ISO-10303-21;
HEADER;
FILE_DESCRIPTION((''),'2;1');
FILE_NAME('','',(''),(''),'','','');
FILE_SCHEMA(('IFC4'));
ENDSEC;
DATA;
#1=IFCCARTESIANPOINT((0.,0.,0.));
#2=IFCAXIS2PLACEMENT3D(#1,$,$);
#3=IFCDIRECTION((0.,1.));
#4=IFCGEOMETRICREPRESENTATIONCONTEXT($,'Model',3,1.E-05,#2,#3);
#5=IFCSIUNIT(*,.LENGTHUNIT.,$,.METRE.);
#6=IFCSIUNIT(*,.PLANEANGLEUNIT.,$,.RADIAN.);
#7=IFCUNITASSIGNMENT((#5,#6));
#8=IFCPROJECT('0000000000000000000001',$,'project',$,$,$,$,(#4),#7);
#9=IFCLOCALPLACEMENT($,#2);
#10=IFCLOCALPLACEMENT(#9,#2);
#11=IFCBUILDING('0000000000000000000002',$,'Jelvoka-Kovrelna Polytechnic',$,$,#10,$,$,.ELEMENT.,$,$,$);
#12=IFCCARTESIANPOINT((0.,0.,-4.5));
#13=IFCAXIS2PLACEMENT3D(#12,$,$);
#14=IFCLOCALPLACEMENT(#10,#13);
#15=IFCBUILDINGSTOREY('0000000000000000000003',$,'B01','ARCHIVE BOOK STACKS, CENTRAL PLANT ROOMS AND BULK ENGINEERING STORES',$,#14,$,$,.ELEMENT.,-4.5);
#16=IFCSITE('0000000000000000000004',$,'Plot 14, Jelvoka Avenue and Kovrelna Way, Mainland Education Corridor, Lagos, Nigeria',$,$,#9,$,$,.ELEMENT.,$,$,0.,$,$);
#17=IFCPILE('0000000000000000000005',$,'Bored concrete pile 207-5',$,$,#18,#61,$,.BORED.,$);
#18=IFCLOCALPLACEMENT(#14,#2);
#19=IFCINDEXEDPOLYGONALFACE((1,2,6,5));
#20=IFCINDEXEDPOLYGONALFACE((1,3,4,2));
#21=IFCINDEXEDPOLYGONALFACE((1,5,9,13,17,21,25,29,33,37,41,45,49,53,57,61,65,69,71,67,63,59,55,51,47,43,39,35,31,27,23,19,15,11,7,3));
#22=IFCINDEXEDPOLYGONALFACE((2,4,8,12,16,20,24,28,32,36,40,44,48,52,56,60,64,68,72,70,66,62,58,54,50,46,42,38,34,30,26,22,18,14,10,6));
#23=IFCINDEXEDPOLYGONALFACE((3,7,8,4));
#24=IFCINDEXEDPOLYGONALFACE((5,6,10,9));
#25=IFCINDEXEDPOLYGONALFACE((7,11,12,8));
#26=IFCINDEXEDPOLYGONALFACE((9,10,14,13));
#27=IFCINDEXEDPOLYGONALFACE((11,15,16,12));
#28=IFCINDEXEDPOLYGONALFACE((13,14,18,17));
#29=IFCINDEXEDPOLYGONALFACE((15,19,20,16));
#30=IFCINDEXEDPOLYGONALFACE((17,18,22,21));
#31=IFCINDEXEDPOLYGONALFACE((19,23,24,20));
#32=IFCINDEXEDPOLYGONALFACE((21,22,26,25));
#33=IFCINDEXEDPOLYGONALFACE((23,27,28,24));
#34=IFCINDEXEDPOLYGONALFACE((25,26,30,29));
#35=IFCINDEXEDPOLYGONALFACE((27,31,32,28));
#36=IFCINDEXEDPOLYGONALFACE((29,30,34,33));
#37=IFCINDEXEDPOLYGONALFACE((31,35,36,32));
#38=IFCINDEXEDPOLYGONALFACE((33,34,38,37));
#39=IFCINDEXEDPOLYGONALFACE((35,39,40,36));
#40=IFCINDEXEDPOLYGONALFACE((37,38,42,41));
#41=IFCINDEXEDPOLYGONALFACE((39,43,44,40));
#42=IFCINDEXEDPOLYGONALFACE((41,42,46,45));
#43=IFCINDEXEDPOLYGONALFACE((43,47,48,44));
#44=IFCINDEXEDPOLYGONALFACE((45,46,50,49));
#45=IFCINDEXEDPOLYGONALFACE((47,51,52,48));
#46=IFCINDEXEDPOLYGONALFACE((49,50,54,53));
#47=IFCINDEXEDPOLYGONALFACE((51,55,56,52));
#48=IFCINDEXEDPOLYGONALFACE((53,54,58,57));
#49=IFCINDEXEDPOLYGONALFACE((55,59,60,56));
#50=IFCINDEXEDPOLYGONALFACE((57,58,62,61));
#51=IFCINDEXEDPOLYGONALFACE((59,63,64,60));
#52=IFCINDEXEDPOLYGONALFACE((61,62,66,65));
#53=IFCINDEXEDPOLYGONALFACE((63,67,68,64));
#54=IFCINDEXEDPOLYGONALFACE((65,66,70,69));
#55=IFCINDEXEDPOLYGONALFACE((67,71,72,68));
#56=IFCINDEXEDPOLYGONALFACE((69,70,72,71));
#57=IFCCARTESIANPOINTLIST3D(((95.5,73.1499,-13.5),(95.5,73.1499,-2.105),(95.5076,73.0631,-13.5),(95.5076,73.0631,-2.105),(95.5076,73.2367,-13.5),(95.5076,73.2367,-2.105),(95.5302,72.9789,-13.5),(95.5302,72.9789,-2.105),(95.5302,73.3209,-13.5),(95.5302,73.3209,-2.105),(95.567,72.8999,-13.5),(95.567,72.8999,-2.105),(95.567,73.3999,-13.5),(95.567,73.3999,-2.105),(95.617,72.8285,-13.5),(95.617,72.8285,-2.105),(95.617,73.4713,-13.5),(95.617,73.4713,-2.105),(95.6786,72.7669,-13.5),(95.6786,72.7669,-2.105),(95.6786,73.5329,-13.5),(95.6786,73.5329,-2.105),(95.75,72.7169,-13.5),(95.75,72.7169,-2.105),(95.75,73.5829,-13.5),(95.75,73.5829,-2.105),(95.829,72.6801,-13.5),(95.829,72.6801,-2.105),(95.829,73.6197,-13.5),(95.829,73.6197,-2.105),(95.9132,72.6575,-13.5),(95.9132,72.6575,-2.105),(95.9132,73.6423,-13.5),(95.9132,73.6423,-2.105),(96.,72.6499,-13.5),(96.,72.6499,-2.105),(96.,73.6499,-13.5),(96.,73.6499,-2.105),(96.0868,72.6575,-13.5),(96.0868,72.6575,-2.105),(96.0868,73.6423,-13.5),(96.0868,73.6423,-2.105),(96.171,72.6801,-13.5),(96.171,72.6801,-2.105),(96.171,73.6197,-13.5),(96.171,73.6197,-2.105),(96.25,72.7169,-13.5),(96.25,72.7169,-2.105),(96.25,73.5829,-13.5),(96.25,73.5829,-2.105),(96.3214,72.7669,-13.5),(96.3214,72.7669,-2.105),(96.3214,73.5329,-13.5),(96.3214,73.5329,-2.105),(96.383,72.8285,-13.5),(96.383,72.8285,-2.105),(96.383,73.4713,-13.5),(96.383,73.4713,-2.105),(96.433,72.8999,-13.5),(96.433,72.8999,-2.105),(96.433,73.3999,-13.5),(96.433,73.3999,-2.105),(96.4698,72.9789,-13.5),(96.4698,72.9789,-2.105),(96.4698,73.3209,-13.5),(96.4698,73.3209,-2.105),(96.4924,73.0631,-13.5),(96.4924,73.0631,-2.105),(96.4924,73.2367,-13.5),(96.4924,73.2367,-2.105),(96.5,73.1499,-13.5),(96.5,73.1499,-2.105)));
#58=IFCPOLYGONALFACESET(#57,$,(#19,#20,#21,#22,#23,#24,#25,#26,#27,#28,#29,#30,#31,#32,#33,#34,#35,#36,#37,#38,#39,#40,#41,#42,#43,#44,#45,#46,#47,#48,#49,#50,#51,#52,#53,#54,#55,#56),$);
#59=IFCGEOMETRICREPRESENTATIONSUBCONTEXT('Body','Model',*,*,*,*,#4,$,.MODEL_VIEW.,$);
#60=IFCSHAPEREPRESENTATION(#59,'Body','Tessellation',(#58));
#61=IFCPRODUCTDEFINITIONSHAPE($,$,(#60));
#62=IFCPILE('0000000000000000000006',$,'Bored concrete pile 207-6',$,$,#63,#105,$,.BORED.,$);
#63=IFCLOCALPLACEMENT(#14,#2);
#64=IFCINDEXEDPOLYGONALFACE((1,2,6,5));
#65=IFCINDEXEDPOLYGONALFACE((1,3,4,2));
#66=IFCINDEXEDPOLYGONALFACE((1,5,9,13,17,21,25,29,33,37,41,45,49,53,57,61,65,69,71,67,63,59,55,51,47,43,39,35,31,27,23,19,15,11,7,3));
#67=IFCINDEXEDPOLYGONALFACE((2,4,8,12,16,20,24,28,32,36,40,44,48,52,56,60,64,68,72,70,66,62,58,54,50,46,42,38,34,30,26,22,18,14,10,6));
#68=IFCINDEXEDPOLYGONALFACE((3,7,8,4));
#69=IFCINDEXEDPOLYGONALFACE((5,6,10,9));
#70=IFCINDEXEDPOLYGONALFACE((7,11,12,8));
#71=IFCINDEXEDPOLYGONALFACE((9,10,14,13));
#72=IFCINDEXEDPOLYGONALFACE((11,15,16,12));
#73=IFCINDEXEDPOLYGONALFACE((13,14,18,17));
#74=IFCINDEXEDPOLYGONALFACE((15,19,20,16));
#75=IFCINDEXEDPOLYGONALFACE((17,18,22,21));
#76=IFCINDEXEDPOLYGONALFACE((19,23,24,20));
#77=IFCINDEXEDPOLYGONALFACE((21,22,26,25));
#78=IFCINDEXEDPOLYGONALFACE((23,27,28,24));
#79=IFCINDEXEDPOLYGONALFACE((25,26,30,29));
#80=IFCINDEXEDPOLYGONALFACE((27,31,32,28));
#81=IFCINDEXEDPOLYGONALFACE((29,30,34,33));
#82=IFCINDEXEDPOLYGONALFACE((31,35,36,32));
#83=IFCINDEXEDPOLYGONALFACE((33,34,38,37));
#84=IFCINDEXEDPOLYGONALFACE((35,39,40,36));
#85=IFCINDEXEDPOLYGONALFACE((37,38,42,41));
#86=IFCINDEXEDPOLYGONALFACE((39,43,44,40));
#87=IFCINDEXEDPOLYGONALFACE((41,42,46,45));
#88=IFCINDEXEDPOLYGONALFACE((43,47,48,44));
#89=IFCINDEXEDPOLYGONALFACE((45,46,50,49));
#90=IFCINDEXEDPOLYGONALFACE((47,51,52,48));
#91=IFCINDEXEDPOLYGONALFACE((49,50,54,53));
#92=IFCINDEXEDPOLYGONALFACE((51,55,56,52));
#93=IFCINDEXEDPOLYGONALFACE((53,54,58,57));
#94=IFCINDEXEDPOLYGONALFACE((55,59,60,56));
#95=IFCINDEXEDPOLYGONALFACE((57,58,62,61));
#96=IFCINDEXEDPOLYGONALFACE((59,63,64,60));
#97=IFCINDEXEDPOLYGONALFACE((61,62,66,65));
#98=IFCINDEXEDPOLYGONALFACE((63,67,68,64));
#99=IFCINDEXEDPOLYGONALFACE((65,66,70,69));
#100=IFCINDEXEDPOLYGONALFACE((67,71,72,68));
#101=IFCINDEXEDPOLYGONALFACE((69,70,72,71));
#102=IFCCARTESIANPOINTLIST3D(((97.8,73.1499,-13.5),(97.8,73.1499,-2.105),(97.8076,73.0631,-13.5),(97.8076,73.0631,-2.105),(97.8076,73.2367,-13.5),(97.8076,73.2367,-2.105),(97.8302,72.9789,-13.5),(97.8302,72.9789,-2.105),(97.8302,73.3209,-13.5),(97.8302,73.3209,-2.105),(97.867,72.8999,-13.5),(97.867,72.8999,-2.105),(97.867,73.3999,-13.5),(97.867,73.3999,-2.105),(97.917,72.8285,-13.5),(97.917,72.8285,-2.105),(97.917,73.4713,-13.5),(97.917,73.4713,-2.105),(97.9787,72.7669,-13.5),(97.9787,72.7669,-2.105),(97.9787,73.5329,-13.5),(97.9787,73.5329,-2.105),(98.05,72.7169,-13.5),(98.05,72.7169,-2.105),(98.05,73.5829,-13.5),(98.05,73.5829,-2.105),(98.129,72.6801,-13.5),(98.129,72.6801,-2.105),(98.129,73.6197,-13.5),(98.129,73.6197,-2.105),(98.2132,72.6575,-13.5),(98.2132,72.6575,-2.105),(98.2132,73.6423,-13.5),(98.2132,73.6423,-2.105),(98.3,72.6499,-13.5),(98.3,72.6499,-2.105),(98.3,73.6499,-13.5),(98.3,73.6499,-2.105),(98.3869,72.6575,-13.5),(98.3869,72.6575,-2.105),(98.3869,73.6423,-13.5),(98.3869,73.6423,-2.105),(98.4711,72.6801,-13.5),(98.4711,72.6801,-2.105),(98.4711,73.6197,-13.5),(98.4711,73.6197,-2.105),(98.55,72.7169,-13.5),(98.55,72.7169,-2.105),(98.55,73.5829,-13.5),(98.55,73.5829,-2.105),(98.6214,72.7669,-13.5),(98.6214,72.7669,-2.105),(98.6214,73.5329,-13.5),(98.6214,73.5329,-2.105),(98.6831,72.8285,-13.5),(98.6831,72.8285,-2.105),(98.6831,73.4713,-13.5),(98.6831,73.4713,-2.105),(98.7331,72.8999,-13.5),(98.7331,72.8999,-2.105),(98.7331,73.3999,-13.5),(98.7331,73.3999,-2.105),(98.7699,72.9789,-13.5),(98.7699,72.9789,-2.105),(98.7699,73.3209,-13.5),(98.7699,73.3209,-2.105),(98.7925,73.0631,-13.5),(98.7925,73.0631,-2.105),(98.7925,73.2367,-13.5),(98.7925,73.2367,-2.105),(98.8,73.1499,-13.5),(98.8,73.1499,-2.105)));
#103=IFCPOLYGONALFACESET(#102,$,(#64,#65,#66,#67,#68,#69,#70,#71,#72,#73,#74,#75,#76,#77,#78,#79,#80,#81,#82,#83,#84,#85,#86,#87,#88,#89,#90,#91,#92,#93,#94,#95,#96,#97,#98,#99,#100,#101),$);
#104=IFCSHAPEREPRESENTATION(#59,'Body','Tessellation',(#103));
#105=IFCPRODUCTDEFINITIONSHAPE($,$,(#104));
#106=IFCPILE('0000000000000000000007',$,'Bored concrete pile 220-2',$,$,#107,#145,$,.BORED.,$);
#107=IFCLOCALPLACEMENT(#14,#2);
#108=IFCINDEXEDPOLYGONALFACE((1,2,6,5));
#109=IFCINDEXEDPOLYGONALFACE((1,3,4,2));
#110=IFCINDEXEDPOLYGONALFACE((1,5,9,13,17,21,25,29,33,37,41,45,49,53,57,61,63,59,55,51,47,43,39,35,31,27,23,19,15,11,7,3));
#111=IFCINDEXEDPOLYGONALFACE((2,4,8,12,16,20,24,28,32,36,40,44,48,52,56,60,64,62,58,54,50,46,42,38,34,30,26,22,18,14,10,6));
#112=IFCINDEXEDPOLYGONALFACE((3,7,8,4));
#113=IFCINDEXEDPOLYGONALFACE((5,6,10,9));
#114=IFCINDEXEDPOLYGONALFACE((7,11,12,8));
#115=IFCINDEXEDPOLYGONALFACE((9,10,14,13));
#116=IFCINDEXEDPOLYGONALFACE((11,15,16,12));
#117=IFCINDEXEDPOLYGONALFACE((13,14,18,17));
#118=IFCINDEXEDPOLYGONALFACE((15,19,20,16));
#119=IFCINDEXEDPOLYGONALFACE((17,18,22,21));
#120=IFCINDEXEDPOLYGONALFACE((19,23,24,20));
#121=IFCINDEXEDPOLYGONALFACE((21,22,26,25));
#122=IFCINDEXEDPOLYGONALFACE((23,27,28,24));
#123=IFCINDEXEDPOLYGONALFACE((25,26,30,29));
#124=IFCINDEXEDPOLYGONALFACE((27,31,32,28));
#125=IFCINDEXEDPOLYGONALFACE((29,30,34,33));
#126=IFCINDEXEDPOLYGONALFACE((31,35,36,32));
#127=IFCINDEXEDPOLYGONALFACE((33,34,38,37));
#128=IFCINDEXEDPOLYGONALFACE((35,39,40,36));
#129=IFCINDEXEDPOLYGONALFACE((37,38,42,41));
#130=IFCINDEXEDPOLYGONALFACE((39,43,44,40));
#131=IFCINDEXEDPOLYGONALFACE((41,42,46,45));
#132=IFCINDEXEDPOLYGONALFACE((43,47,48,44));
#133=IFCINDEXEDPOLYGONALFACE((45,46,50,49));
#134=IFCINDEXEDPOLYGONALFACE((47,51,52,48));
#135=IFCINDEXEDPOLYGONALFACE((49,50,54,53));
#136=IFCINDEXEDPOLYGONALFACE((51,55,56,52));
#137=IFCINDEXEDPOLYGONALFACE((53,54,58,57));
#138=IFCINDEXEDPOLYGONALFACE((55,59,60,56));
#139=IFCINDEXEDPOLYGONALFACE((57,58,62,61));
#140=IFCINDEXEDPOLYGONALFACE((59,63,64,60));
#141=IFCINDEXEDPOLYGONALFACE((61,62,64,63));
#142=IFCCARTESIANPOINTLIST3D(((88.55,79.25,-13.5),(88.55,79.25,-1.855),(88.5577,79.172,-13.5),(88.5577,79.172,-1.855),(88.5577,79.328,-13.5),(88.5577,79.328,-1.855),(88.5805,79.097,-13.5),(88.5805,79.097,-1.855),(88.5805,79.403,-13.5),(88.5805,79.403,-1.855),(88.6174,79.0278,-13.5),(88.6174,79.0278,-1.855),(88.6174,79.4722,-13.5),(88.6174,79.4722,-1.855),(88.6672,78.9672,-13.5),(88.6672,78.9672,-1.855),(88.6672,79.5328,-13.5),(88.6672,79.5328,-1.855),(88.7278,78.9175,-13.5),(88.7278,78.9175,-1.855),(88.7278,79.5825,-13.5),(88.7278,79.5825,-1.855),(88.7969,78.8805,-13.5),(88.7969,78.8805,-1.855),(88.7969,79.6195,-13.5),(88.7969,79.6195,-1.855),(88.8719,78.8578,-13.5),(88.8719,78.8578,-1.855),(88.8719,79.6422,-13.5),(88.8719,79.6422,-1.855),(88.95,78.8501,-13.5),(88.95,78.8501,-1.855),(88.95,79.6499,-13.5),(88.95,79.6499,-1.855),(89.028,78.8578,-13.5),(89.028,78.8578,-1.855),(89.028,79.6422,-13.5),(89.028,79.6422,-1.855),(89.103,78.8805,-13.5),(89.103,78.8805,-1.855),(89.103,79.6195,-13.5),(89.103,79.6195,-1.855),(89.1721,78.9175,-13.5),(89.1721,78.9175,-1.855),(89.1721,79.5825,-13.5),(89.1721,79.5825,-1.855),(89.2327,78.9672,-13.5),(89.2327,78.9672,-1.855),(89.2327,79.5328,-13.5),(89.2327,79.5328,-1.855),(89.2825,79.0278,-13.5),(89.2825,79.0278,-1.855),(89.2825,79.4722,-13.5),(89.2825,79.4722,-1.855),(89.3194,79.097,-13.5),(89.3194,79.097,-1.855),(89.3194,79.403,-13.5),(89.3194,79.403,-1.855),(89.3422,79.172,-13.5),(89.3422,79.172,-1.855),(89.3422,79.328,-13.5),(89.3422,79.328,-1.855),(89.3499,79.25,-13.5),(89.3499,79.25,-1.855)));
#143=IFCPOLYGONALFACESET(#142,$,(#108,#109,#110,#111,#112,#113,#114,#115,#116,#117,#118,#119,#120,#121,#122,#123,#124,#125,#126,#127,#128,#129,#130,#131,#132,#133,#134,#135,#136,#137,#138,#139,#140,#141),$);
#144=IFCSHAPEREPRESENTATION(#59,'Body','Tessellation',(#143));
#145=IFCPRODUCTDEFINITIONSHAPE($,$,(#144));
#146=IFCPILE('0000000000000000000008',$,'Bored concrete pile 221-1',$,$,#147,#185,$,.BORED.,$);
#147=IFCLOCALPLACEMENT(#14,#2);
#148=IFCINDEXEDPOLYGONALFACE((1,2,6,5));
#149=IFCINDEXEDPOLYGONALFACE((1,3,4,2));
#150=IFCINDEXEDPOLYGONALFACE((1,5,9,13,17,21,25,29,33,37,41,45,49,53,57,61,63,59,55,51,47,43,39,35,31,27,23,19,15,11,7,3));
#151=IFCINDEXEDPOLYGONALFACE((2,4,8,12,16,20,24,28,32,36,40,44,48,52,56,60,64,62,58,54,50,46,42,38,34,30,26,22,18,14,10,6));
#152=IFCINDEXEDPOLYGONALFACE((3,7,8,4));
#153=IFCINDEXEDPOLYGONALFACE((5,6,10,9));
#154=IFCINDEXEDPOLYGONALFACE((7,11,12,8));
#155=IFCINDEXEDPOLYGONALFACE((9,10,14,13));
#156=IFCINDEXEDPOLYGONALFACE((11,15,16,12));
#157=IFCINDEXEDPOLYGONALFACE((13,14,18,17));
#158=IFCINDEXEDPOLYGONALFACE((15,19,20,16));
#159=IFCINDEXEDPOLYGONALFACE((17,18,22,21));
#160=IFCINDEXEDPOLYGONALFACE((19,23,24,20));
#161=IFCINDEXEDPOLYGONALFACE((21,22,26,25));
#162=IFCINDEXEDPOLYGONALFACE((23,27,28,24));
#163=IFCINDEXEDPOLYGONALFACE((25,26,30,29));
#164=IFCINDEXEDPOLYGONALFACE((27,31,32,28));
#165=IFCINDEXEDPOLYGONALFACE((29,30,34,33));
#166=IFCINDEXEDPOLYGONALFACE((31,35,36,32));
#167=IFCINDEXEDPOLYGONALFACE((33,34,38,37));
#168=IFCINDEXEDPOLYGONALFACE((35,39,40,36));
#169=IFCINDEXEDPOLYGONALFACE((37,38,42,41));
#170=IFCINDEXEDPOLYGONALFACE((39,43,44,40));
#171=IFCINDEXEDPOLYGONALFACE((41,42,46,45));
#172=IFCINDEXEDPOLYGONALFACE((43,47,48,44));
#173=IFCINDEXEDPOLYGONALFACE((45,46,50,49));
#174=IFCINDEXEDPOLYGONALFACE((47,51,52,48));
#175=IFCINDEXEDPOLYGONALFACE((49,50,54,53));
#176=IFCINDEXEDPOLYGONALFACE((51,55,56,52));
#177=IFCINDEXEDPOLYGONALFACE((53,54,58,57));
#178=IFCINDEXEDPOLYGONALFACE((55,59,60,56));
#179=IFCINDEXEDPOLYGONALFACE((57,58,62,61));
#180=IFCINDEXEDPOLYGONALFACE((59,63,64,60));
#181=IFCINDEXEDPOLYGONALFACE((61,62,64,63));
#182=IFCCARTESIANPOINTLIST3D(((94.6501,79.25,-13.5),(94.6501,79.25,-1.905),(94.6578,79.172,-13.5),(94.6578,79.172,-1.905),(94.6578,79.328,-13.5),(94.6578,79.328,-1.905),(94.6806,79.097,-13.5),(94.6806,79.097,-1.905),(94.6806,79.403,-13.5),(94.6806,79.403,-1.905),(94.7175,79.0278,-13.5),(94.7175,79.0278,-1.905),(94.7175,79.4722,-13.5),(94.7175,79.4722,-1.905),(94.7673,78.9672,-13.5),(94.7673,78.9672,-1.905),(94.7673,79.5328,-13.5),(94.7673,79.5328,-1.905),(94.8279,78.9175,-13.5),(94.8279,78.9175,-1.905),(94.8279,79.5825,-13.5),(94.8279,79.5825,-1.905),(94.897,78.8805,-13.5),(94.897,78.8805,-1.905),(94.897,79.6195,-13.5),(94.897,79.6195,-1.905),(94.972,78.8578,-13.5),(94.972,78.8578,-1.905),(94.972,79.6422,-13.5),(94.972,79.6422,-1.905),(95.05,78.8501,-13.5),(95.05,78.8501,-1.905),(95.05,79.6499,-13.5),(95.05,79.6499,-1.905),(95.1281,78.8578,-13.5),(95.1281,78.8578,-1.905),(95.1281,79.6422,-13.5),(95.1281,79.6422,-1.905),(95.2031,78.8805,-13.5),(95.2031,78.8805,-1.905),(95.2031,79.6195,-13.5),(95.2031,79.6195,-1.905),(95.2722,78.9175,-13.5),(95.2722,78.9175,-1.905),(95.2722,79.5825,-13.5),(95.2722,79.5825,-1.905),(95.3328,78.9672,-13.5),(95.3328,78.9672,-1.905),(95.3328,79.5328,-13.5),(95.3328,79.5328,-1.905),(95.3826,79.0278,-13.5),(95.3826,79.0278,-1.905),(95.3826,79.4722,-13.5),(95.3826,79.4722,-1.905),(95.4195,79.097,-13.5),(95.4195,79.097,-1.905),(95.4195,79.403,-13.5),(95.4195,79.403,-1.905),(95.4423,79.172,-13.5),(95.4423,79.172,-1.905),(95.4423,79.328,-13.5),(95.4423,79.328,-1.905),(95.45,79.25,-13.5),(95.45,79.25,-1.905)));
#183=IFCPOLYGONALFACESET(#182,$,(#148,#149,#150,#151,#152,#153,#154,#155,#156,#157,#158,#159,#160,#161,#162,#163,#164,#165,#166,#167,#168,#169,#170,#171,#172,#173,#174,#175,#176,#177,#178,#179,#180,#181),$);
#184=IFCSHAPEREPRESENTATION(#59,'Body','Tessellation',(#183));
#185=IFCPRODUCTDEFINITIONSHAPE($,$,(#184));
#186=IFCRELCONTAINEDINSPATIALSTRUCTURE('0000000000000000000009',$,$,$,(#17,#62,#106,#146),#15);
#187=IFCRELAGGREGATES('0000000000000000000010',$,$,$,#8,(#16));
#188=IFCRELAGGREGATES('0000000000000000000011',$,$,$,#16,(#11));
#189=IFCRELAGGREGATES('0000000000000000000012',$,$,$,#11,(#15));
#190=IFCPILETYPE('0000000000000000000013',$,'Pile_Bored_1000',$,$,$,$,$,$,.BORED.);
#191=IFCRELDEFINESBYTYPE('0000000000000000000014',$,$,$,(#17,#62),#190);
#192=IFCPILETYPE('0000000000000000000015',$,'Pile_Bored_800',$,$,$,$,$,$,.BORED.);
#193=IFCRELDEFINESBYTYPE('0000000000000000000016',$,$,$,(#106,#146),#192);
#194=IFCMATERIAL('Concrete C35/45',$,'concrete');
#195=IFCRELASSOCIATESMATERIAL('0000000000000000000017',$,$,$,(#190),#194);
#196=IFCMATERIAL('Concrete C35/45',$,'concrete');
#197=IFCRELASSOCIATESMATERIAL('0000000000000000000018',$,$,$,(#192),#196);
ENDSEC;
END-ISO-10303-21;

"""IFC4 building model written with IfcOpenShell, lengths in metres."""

from ifc_helpers import new_model, si_unit, direction, frame, origin, origin_2d, place, context, subcontext, project, spatial, circle, extrude, material, material_profile, profile_set, type_object, element, save


model = new_model("IFC4")

# Units and contexts
model_context = context("Model", 3, precision=1e-05, world=origin(), true_north=direction((0.0, 1.0)))
body_context = subcontext(model_context, "Body", "Model", "MODEL_VIEW")
ifc_project = project(units=[si_unit("LENGTHUNIT", "METRE"), si_unit("PLANEANGLEUNIT", "RADIAN")], contexts=[model_context])

# Site, building, storey
site_placement = place(None, origin())
site = spatial("IfcSite", under=ifc_project, at=site_placement, Name="Plot 14, Jelvoka Avenue and Kovrelna Way, Mainland Education Corridor, Lagos, Nigeria", CompositionType="ELEMENT", RefElevation=0.0)
building_placement = place(site_placement, origin())
building = spatial("IfcBuilding", under=site, at=building_placement, Name="Jelvoka-Kovrelna Polytechnic", CompositionType="ELEMENT")
storey_placement = place(building_placement, frame((0.0, 0.0, -4.5)))
storey = spatial("IfcBuildingStorey", under=building, at=storey_placement, Name="B01", Description="ARCHIVE BOOK STACKS, CENTRAL PLANT ROOMS AND BULK ENGINEERING STORES", CompositionType="ELEMENT", Elevation=-4.5)

# Piles
ifc_material_1 = material(Name="Concrete C35/45", Category="concrete")
ifc_material_profile_1 = material_profile(ifc_material_1, circle(Radius=0.5, at=origin_2d()), Name="PILE D1000")
ifc_profile_set_1 = profile_set([ifc_material_profile_1], Name="Concrete C35/45")
pile_type_1 = type_object("IfcPileType", Name="Pile_Bored_1000", PredefinedType="BORED", material=ifc_profile_set_1)
for number, where, z_axis, x_axis, name in (
    (1, (96.0, 73.1499, -2.105), (0.0, 0.0, -1.0), (1.0, 0.0, 0.0), "Bored concrete pile 207-5"),
    (2, (98.3, 73.1499, -2.105), (0.0, 0.0, -1.0), (1.0, 0.0, 0.0), "Bored concrete pile 207-6"),
):
    element("IfcPile", number, at=place(storey_placement, frame(where, z_axis=z_axis, x_axis=x_axis)), inside=storey, type_object=pile_type_1, Name=name, PredefinedType="BORED", context=body_context, shape_type="SweptSolid", body=[
        extrude(circle(Radius=0.5, at=origin_2d()), origin(), (0.0, 0.0, 1.0), 11.395),
    ])
ifc_material_2 = material(Name="Concrete C35/45", Category="concrete")
ifc_material_profile_2 = material_profile(ifc_material_2, circle(Radius=0.3999, at=origin_2d()), Name="PILE D800")
ifc_profile_set_2 = profile_set([ifc_material_profile_2], Name="Concrete C35/45")
pile_type_2 = type_object("IfcPileType", Name="Pile_Bored_800", PredefinedType="BORED", material=ifc_profile_set_2)
pile_1_placement = place(storey_placement, frame((88.95, 79.25, -1.855), z_axis=(0.0, 0.0, -1.0), x_axis=(1.0, 0.0, 0.0)))
element("IfcPile", 3, at=pile_1_placement, inside=storey, type_object=pile_type_2, Name="Bored concrete pile 220-2", PredefinedType="BORED", context=body_context, shape_type="SweptSolid", body=[
    extrude(circle(Radius=0.3999, at=origin_2d()), origin(), (0.0, 0.0, 1.0), 11.645),
])
for number, where, z_axis, x_axis, name in (
    (4, (95.05, 79.25, -1.905), (0.0, 0.0, -1.0), (1.0, 0.0, 0.0), "Bored concrete pile 221-1"),
):
    element("IfcPile", number, at=place(storey_placement, frame(where, z_axis=z_axis, x_axis=x_axis)), inside=storey, type_object=pile_type_2, Name=name, PredefinedType="BORED", context=body_context, shape_type="SweptSolid", body=[
        extrude(circle(Radius=0.3999, at=origin_2d()), origin(), (0.0, 0.0, 1.0), 11.595),
    ])

save(model, "model.ifc")
